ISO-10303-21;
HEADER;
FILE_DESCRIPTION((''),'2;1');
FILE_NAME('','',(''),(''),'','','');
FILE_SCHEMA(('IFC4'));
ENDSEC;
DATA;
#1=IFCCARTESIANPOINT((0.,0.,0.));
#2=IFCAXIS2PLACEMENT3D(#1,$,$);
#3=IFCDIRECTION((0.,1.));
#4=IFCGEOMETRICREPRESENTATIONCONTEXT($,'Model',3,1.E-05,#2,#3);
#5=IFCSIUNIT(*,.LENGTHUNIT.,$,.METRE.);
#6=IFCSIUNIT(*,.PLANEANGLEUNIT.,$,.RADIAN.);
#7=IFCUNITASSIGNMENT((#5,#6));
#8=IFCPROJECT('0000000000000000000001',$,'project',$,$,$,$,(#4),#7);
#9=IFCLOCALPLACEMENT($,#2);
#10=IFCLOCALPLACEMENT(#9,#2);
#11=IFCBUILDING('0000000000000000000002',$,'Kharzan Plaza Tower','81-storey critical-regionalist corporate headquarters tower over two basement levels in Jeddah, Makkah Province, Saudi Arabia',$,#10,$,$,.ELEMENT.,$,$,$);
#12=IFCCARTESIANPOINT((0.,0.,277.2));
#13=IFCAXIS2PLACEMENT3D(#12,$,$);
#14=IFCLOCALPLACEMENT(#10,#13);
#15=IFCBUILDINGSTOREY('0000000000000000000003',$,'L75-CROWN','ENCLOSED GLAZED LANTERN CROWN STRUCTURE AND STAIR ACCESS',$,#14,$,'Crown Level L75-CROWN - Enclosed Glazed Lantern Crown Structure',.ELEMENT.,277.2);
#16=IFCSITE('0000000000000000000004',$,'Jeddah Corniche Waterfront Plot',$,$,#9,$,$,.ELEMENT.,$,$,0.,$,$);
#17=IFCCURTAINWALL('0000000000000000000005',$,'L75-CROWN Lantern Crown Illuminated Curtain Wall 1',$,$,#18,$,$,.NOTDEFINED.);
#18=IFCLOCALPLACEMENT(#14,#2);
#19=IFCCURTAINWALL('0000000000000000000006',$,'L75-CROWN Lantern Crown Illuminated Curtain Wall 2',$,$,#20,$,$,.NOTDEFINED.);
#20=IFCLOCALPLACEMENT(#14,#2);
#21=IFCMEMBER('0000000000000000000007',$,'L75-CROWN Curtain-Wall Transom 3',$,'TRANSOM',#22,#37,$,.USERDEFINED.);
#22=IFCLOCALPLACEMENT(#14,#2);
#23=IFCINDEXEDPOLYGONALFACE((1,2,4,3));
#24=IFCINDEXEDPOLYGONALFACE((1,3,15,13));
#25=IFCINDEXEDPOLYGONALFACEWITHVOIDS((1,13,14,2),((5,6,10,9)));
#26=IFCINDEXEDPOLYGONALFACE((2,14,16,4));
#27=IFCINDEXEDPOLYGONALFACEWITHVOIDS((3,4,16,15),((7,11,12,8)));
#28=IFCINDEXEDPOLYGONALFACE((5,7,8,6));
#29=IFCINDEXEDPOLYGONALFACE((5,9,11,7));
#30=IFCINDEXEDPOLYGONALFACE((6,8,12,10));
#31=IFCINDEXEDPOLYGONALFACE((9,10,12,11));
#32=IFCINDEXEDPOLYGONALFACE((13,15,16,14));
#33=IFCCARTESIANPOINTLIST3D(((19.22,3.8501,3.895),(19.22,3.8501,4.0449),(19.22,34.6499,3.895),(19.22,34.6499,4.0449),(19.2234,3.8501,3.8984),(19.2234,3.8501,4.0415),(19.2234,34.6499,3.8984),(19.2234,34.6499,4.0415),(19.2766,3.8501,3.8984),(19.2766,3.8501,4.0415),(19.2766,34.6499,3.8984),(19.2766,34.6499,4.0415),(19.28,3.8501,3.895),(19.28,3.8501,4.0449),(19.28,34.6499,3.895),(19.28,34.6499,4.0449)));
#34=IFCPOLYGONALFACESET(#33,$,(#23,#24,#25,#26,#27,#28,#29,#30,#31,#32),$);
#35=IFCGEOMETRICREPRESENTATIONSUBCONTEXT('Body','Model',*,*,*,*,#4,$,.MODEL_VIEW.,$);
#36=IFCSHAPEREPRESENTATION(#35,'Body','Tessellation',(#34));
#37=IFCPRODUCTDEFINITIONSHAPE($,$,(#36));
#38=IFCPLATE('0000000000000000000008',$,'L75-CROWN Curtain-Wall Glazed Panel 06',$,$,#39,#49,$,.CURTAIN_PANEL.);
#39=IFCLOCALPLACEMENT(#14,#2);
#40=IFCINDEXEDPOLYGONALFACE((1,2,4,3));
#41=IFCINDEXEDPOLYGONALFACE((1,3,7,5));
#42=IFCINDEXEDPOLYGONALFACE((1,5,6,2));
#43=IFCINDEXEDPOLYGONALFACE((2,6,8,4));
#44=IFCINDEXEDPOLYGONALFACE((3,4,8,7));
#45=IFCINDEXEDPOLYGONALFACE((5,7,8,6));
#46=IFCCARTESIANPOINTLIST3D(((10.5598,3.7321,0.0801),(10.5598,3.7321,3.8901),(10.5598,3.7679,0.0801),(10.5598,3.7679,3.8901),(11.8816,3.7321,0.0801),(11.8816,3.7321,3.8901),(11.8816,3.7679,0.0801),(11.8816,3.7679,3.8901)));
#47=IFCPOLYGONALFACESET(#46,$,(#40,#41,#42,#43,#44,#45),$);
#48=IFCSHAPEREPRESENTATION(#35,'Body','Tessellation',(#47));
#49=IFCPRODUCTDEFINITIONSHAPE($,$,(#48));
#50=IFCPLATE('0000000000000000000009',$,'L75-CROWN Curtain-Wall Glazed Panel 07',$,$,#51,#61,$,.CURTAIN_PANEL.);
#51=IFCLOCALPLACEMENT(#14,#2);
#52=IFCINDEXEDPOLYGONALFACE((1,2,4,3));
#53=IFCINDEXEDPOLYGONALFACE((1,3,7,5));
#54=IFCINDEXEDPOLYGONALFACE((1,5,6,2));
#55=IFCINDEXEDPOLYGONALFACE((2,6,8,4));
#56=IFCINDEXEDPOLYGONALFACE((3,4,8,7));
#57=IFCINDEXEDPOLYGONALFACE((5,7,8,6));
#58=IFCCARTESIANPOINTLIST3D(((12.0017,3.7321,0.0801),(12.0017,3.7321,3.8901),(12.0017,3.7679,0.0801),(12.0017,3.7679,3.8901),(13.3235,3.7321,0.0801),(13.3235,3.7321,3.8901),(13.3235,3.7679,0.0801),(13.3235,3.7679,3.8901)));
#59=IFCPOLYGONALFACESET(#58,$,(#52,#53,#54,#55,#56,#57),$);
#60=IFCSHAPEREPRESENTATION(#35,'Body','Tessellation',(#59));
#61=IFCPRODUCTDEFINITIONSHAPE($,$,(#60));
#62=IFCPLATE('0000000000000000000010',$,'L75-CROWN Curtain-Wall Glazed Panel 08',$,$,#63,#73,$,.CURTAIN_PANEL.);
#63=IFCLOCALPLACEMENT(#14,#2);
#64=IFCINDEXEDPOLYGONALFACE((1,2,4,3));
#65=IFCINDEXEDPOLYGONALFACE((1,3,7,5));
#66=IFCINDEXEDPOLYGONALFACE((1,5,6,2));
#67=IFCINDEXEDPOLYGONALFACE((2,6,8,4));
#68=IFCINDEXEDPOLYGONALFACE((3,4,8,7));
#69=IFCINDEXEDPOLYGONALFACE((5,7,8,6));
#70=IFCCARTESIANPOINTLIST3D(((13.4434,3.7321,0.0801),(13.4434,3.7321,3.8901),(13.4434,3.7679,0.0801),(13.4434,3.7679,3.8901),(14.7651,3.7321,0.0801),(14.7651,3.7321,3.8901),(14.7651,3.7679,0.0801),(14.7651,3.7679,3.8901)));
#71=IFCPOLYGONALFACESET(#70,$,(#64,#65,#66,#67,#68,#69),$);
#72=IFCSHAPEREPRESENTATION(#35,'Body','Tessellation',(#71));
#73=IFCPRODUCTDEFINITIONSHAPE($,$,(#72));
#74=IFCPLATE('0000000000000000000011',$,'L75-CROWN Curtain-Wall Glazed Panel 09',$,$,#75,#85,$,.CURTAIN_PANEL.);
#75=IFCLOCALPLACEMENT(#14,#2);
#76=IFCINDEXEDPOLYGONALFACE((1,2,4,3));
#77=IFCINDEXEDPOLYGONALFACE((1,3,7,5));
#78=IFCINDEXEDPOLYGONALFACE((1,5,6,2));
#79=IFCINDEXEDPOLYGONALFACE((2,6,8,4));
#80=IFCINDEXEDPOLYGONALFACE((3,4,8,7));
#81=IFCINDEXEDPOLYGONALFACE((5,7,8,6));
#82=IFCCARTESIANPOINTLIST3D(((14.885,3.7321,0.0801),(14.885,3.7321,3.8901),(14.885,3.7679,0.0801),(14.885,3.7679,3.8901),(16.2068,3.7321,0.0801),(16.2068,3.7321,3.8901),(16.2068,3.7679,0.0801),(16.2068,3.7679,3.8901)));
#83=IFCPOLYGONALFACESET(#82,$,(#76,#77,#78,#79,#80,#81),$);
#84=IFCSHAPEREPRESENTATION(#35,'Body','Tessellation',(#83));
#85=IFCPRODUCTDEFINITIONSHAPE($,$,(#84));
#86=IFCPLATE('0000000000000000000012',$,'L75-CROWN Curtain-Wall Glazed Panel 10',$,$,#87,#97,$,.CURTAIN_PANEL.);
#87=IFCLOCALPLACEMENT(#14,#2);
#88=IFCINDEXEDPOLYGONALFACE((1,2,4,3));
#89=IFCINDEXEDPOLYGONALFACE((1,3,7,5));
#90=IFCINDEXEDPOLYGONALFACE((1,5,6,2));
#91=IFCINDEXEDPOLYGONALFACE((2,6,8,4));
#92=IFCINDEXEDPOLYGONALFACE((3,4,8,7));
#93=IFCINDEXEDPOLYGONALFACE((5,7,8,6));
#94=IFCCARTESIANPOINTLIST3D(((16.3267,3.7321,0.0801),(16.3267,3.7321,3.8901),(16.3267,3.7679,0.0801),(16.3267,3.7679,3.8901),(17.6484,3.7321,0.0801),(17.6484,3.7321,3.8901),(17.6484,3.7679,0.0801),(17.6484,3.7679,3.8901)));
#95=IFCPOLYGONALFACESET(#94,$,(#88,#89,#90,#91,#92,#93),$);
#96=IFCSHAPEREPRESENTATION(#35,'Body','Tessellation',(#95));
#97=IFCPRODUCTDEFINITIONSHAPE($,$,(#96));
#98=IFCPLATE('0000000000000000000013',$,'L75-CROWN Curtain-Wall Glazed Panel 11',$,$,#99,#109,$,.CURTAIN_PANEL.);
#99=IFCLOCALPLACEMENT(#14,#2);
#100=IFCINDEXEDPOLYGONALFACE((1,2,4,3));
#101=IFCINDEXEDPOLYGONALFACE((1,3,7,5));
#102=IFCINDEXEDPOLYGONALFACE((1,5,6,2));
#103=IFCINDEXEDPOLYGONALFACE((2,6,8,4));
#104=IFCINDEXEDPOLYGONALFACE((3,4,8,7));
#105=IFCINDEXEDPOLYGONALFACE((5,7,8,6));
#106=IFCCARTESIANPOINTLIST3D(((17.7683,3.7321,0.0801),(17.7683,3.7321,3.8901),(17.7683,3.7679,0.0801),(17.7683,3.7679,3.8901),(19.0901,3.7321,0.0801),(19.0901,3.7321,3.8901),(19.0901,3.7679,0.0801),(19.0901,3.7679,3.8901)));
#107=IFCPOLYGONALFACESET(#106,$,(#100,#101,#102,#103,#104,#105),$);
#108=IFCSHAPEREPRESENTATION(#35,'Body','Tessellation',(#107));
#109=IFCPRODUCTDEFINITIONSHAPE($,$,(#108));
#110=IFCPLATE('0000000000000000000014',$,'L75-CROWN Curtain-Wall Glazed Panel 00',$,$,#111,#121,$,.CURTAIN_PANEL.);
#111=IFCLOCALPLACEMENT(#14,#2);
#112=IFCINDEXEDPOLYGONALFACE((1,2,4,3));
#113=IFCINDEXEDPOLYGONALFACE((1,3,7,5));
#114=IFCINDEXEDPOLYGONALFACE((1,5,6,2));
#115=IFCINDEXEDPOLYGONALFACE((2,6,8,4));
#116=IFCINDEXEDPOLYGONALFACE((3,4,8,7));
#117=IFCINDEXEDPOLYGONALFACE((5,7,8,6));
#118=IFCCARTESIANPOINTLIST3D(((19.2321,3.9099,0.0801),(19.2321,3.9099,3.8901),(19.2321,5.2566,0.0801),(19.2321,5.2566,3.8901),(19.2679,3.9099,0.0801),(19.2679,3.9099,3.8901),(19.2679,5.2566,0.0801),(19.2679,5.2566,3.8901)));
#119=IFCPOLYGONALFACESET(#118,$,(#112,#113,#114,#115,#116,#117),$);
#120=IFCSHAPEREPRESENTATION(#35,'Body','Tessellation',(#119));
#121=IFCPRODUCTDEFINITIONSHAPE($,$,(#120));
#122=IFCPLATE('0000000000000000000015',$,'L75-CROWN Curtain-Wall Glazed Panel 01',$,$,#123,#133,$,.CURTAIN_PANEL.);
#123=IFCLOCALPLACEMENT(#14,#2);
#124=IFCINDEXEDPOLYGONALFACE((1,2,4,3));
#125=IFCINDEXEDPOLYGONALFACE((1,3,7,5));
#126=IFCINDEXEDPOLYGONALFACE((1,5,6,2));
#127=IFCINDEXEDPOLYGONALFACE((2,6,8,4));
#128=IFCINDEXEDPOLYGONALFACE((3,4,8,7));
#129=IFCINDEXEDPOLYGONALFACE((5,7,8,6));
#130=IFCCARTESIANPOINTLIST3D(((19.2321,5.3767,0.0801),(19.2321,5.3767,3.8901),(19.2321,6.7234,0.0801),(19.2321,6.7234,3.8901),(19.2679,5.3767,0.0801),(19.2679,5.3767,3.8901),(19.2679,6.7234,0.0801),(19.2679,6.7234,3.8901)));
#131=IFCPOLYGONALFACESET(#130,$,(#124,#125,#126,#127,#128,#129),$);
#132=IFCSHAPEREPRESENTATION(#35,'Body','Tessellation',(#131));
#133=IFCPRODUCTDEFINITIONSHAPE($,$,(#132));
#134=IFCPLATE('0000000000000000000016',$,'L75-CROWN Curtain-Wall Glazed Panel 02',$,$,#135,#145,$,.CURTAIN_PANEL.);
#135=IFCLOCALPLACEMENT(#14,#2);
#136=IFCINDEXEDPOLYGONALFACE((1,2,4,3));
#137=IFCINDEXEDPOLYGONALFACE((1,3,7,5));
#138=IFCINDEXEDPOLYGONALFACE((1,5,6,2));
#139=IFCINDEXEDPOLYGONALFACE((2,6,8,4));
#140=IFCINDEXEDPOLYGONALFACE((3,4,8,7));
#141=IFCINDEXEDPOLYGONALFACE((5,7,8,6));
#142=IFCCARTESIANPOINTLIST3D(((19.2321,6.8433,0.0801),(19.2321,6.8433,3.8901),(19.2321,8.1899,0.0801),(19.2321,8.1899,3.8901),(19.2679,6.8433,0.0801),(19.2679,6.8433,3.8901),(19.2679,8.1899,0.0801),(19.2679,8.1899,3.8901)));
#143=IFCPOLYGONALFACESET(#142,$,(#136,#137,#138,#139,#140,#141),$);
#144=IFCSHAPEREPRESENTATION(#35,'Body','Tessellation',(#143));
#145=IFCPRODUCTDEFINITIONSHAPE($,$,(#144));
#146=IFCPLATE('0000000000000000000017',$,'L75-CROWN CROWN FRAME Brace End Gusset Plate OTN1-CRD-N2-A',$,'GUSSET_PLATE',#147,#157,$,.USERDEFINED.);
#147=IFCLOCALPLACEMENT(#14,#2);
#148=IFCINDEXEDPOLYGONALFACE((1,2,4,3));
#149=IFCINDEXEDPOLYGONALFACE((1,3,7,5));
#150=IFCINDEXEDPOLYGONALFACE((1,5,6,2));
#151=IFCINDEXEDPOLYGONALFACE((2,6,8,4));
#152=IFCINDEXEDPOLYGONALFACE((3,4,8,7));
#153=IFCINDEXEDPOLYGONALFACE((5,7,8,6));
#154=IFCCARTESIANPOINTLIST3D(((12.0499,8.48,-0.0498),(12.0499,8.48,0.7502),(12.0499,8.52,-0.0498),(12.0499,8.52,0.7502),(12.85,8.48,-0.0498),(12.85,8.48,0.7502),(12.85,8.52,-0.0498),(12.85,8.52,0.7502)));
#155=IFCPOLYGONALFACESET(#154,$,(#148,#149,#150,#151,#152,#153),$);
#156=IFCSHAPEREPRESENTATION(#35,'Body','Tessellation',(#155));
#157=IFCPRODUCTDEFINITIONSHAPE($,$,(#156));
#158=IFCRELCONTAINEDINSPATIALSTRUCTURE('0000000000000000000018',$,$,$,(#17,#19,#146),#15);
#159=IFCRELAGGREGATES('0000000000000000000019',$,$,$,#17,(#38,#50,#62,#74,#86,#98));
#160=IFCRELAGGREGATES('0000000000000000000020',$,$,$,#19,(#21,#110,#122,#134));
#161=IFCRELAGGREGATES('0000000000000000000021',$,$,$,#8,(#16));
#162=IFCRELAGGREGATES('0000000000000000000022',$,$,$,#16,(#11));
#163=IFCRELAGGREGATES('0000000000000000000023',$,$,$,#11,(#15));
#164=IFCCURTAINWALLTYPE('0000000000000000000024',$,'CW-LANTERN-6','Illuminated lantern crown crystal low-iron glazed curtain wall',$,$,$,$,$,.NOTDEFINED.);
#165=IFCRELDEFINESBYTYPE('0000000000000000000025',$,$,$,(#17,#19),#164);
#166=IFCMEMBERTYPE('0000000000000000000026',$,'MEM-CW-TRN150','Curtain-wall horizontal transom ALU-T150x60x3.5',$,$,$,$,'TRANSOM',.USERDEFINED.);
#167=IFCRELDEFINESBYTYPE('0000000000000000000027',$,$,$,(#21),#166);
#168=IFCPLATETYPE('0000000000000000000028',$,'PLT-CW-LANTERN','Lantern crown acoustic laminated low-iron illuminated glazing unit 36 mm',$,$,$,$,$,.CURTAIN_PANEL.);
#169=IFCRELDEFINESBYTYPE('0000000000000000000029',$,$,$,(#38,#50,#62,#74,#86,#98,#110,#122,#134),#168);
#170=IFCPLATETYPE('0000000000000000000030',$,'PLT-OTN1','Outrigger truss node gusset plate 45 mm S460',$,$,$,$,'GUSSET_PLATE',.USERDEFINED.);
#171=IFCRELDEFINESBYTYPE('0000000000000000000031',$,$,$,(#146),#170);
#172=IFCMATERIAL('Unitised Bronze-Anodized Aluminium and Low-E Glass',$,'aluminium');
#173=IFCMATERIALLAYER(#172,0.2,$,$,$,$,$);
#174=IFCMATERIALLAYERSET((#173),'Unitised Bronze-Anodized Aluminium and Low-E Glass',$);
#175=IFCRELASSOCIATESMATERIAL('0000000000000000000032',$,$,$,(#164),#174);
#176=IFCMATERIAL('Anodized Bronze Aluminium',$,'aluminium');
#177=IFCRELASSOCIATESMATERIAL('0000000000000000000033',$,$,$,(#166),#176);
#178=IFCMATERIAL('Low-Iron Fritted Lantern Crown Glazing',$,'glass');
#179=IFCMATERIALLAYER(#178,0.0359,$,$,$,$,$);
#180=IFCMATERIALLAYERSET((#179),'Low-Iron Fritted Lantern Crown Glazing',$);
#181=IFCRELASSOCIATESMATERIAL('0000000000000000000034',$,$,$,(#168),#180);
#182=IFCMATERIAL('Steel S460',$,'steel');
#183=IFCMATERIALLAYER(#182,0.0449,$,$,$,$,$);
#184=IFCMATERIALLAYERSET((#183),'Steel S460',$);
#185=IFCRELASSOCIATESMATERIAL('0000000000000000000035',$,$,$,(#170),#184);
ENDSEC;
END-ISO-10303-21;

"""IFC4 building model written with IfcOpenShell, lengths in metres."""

from ifc_helpers import new_model, si_unit, direction, frame, origin, origin_2d, place, context, subcontext, project, spatial, rectangle, hollow_rectangle, extrude, source, transform, mapped, material, layer, layer_set, material_profile, profile_set, type_object, element, aggregate, save


model = new_model("IFC4")

# Units and contexts
model_context = context("Model", 3, precision=1e-05, world=origin(), true_north=direction((0.0, 1.0)))
body_context = subcontext(model_context, "Body", "Model", "MODEL_VIEW")
ifc_project = project(units=[si_unit("LENGTHUNIT", "METRE"), si_unit("PLANEANGLEUNIT", "RADIAN")], contexts=[model_context])

# Site, building, storey
site_placement = place(None, origin())
site = spatial("IfcSite", under=ifc_project, at=site_placement, Name="Jeddah Corniche Waterfront Plot", CompositionType="ELEMENT", RefElevation=0.0)
building_placement = place(site_placement, origin())
building = spatial("IfcBuilding", under=site, at=building_placement, Name="Kharzan Plaza Tower", Description="81-storey critical-regionalist corporate headquarters tower over two basement levels in Jeddah, Makkah Province, Saudi Arabia", CompositionType="ELEMENT")
storey_placement = place(building_placement, frame((0.0, 0.0, 277.2)))
storey = spatial("IfcBuildingStorey", under=building, at=storey_placement, Name="L75-CROWN", Description="ENCLOSED GLAZED LANTERN CROWN STRUCTURE AND STAIR ACCESS", LongName="Crown Level L75-CROWN - Enclosed Glazed Lantern Crown Structure", CompositionType="ELEMENT", Elevation=277.2)

# Curtain walls, member
ifc_material_1 = material(Name="Unitised Bronze-Anodized Aluminium and Low-E Glass", Category="aluminium")
ifc_layer_1 = layer(ifc_material_1, 0.2)
ifc_layer_set_1 = layer_set([ifc_layer_1], Name="Unitised Bronze-Anodized Aluminium and Low-E Glass")
curtain_wall_type = type_object("IfcCurtainWallType", Name="CW-LANTERN-6", Description="Illuminated lantern crown crystal low-iron glazed curtain wall", PredefinedType="NOTDEFINED", material=ifc_layer_set_1)
curtain_wall_1_placement = place(storey_placement, origin())
curtain_wall_1 = element("IfcCurtainWall", 1, at=curtain_wall_1_placement, inside=storey, type_object=curtain_wall_type, Name="L75-CROWN Lantern Crown Illuminated Curtain Wall 1", PredefinedType="NOTDEFINED")
ifc_material_2 = material(Name="Anodized Bronze Aluminium", Category="aluminium")
curtain_wall_2_placement = place(storey_placement, origin())
curtain_wall_2 = element("IfcCurtainWall", 2, at=curtain_wall_2_placement, inside=storey, type_object=curtain_wall_type, Name="L75-CROWN Lantern Crown Illuminated Curtain Wall 2", PredefinedType="NOTDEFINED")
ifc_material_profile_1 = material_profile(ifc_material_2, hollow_rectangle(XDim=0.0601, YDim=0.1499, WallThickness=0.0034, at=origin_2d()), Name="ALU-T150x60x3.5")
ifc_profile_set_1 = profile_set([ifc_material_profile_1], Name="Anodized Bronze Aluminium")
member_type_1 = type_object("IfcMemberType", Name="MEM-CW-TRN150", Description="Curtain-wall horizontal transom ALU-T150x60x3.5", ElementType="TRANSOM", PredefinedType="USERDEFINED", material=ifc_profile_set_1)
shared_shape_1 = source(origin(), body_context, "Body", "SweptSolid", [
    extrude(hollow_rectangle(XDim=0.0601, YDim=0.1499, WallThickness=0.0034, at=origin_2d()), origin(), (0.0, 0.0, 1.0), 30.7998),
])
member_1_placement = place(storey_placement, frame((19.25, 3.8501, 3.97), z_axis=(0.0, 1.0, 0.0), x_axis=(-1.0, 0.0, 0.0)))
member_1 = element("IfcMember", 3, at=member_1_placement, type_object=member_type_1, Name="L75-CROWN Curtain-Wall Transom 3", ObjectType="TRANSOM", PredefinedType="USERDEFINED", context=body_context, shape_type="MappedRepresentation", body=[
    mapped(shared_shape_1, transform((0.0, 0.0, 0.0), x_axis=(1.0, 0.0, 0.0), y_axis=(0.0, 1.0, 0.0), z_axis=(0.0, 0.0, 1.0))),
])

# Plates
ifc_material_3 = material(Name="Low-Iron Fritted Lantern Crown Glazing", Category="glass")
ifc_layer_2 = layer(ifc_material_3, 0.0359)
ifc_layer_set_2 = layer_set([ifc_layer_2], Name="Low-Iron Fritted Lantern Crown Glazing")
plate_type_1 = type_object("IfcPlateType", Name="PLT-CW-LANTERN", Description="Lantern crown acoustic laminated low-iron illuminated glazing unit 36 mm", PredefinedType="CURTAIN_PANEL", material=ifc_layer_set_2)
shared_shape_2 = source(origin(), body_context, "Body", "SweptSolid", [
    extrude(rectangle(XDim=1.3218, YDim=0.0359, at=origin_2d()), origin(), (0.0, 0.0, 1.0), 3.8101),
])
plate_1_placement = place(storey_placement, frame((11.2207, 3.75, 0.0801), z_axis=(0.0, 0.0, 1.0), x_axis=(1.0, 0.0, 0.0)))
plate_1 = element("IfcPlate", 4, at=plate_1_placement, type_object=plate_type_1, Name="L75-CROWN Curtain-Wall Glazed Panel 06", PredefinedType="CURTAIN_PANEL", context=body_context, shape_type="MappedRepresentation", body=[
    mapped(shared_shape_2, transform((0.0, 0.0, 0.0), x_axis=(1.0, 0.0, 0.0), y_axis=(0.0, 1.0, 0.0), z_axis=(0.0, 0.0, 1.0))),
])
plate_2_placement = place(storey_placement, frame((12.6626, 3.75, 0.0801), z_axis=(0.0, 0.0, 1.0), x_axis=(1.0, 0.0, 0.0)))
plate_2 = element("IfcPlate", 5, at=plate_2_placement, type_object=plate_type_1, Name="L75-CROWN Curtain-Wall Glazed Panel 07", PredefinedType="CURTAIN_PANEL", context=body_context, shape_type="MappedRepresentation", body=[
    mapped(shared_shape_2, transform((0.0, 0.0, 0.0), x_axis=(1.0, 0.0, 0.0), y_axis=(0.0, 1.0, 0.0), z_axis=(0.0, 0.0, 1.0))),
])
plate_3_placement = place(storey_placement, frame((14.1042, 3.75, 0.0801), z_axis=(0.0, 0.0, 1.0), x_axis=(1.0, 0.0, 0.0)))
plate_3 = element("IfcPlate", 6, at=plate_3_placement, type_object=plate_type_1, Name="L75-CROWN Curtain-Wall Glazed Panel 08", PredefinedType="CURTAIN_PANEL", context=body_context, shape_type="MappedRepresentation", body=[
    mapped(shared_shape_2, transform((0.0, 0.0, 0.0), x_axis=(1.0, 0.0, 0.0), y_axis=(0.0, 1.0, 0.0), z_axis=(0.0, 0.0, 1.0))),
])
plate_4_placement = place(storey_placement, frame((15.5459, 3.75, 0.0801), z_axis=(0.0, 0.0, 1.0), x_axis=(1.0, 0.0, 0.0)))
plate_4 = element("IfcPlate", 7, at=plate_4_placement, type_object=plate_type_1, Name="L75-CROWN Curtain-Wall Glazed Panel 09", PredefinedType="CURTAIN_PANEL", context=body_context, shape_type="MappedRepresentation", body=[
    mapped(shared_shape_2, transform((0.0, 0.0, 0.0), x_axis=(1.0, 0.0, 0.0), y_axis=(0.0, 1.0, 0.0), z_axis=(0.0, 0.0, 1.0))),
])
plate_5_placement = place(storey_placement, frame((16.9875, 3.75, 0.0801), z_axis=(0.0, 0.0, 1.0), x_axis=(1.0, 0.0, 0.0)))
plate_5 = element("IfcPlate", 8, at=plate_5_placement, type_object=plate_type_1, Name="L75-CROWN Curtain-Wall Glazed Panel 10", PredefinedType="CURTAIN_PANEL", context=body_context, shape_type="MappedRepresentation", body=[
    mapped(shared_shape_2, transform((0.0, 0.0, 0.0), x_axis=(1.0, 0.0, 0.0), y_axis=(0.0, 1.0, 0.0), z_axis=(0.0, 0.0, 1.0))),
])
plate_6_placement = place(storey_placement, frame((18.4292, 3.75, 0.0801), z_axis=(0.0, 0.0, 1.0), x_axis=(1.0, 0.0, 0.0)))
plate_6 = element("IfcPlate", 9, at=plate_6_placement, type_object=plate_type_1, Name="L75-CROWN Curtain-Wall Glazed Panel 11", PredefinedType="CURTAIN_PANEL", context=body_context, shape_type="MappedRepresentation", body=[
    mapped(shared_shape_2, transform((0.0, 0.0, 0.0), x_axis=(1.0, 0.0, 0.0), y_axis=(0.0, 1.0, 0.0), z_axis=(0.0, 0.0, 1.0))),
])
aggregate(curtain_wall_1, [plate_1, plate_2, plate_3, plate_4, plate_5, plate_6])
shared_shape_3 = source(origin(), body_context, "Body", "SweptSolid", [
    extrude(rectangle(XDim=1.3467, YDim=0.0359, at=origin_2d()), origin(), (0.0, 0.0, 1.0), 3.8101),
])
plate_7_placement = place(storey_placement, frame((19.25, 4.5833, 0.0801), z_axis=(0.0, 0.0, 1.0), x_axis=(0.0, 1.0, 0.0)))
plate_7 = element("IfcPlate", 10, at=plate_7_placement, type_object=plate_type_1, Name="L75-CROWN Curtain-Wall Glazed Panel 00", PredefinedType="CURTAIN_PANEL", context=body_context, shape_type="MappedRepresentation", body=[
    mapped(shared_shape_3, transform((0.0, 0.0, 0.0), x_axis=(1.0, 0.0, 0.0), y_axis=(0.0, 1.0, 0.0), z_axis=(0.0, 0.0, 1.0))),
])
plate_8_placement = place(storey_placement, frame((19.25, 6.05, 0.0801), z_axis=(0.0, 0.0, 1.0), x_axis=(0.0, 1.0, 0.0)))
plate_8 = element("IfcPlate", 11, at=plate_8_placement, type_object=plate_type_1, Name="L75-CROWN Curtain-Wall Glazed Panel 01", PredefinedType="CURTAIN_PANEL", context=body_context, shape_type="MappedRepresentation", body=[
    mapped(shared_shape_3, transform((0.0, 0.0, 0.0), x_axis=(1.0, 0.0, 0.0), y_axis=(0.0, 1.0, 0.0), z_axis=(0.0, 0.0, 1.0))),
])
plate_9_placement = place(storey_placement, frame((19.25, 7.5166, 0.0801), z_axis=(0.0, 0.0, 1.0), x_axis=(0.0, 1.0, 0.0)))
plate_9 = element("IfcPlate", 12, at=plate_9_placement, type_object=plate_type_1, Name="L75-CROWN Curtain-Wall Glazed Panel 02", PredefinedType="CURTAIN_PANEL", context=body_context, shape_type="MappedRepresentation", body=[
    mapped(shared_shape_3, transform((0.0, 0.0, 0.0), x_axis=(1.0, 0.0, 0.0), y_axis=(0.0, 1.0, 0.0), z_axis=(0.0, 0.0, 1.0))),
])
aggregate(curtain_wall_2, [member_1, plate_7, plate_8, plate_9])
ifc_material_4 = material(Name="Steel S460", Category="steel")
ifc_layer_3 = layer(ifc_material_4, 0.0449)
ifc_layer_set_3 = layer_set([ifc_layer_3], Name="Steel S460")
plate_type_2 = type_object("IfcPlateType", Name="PLT-OTN1", Description="Outrigger truss node gusset plate 45 mm S460", ElementType="GUSSET_PLATE", PredefinedType="USERDEFINED", material=ifc_layer_set_3)
shared_shape_4 = source(origin(), body_context, "Body", "SweptSolid", [
    extrude(rectangle(XDim=0.8, YDim=0.04, at=origin_2d()), origin(), (0.0, 0.0, 1.0), 0.8),
])
plate_10_placement = place(storey_placement, frame((12.45, 8.5, -0.0498), z_axis=(0.0, 0.0, 1.0), x_axis=(1.0, 0.0, 0.0)))
element("IfcPlate", 13, at=plate_10_placement, inside=storey, type_object=plate_type_2, Name="L75-CROWN CROWN FRAME Brace End Gusset Plate OTN1-CRD-N2-A", ObjectType="GUSSET_PLATE", PredefinedType="USERDEFINED", context=body_context, shape_type="MappedRepresentation", body=[
    mapped(shared_shape_4, transform((0.0, 0.0, 0.0), x_axis=(1.0, 0.0, 0.0), y_axis=(0.0, 1.0, 0.0), z_axis=(0.0, 0.0, 1.0))),
])

save(model, "model.ifc")
